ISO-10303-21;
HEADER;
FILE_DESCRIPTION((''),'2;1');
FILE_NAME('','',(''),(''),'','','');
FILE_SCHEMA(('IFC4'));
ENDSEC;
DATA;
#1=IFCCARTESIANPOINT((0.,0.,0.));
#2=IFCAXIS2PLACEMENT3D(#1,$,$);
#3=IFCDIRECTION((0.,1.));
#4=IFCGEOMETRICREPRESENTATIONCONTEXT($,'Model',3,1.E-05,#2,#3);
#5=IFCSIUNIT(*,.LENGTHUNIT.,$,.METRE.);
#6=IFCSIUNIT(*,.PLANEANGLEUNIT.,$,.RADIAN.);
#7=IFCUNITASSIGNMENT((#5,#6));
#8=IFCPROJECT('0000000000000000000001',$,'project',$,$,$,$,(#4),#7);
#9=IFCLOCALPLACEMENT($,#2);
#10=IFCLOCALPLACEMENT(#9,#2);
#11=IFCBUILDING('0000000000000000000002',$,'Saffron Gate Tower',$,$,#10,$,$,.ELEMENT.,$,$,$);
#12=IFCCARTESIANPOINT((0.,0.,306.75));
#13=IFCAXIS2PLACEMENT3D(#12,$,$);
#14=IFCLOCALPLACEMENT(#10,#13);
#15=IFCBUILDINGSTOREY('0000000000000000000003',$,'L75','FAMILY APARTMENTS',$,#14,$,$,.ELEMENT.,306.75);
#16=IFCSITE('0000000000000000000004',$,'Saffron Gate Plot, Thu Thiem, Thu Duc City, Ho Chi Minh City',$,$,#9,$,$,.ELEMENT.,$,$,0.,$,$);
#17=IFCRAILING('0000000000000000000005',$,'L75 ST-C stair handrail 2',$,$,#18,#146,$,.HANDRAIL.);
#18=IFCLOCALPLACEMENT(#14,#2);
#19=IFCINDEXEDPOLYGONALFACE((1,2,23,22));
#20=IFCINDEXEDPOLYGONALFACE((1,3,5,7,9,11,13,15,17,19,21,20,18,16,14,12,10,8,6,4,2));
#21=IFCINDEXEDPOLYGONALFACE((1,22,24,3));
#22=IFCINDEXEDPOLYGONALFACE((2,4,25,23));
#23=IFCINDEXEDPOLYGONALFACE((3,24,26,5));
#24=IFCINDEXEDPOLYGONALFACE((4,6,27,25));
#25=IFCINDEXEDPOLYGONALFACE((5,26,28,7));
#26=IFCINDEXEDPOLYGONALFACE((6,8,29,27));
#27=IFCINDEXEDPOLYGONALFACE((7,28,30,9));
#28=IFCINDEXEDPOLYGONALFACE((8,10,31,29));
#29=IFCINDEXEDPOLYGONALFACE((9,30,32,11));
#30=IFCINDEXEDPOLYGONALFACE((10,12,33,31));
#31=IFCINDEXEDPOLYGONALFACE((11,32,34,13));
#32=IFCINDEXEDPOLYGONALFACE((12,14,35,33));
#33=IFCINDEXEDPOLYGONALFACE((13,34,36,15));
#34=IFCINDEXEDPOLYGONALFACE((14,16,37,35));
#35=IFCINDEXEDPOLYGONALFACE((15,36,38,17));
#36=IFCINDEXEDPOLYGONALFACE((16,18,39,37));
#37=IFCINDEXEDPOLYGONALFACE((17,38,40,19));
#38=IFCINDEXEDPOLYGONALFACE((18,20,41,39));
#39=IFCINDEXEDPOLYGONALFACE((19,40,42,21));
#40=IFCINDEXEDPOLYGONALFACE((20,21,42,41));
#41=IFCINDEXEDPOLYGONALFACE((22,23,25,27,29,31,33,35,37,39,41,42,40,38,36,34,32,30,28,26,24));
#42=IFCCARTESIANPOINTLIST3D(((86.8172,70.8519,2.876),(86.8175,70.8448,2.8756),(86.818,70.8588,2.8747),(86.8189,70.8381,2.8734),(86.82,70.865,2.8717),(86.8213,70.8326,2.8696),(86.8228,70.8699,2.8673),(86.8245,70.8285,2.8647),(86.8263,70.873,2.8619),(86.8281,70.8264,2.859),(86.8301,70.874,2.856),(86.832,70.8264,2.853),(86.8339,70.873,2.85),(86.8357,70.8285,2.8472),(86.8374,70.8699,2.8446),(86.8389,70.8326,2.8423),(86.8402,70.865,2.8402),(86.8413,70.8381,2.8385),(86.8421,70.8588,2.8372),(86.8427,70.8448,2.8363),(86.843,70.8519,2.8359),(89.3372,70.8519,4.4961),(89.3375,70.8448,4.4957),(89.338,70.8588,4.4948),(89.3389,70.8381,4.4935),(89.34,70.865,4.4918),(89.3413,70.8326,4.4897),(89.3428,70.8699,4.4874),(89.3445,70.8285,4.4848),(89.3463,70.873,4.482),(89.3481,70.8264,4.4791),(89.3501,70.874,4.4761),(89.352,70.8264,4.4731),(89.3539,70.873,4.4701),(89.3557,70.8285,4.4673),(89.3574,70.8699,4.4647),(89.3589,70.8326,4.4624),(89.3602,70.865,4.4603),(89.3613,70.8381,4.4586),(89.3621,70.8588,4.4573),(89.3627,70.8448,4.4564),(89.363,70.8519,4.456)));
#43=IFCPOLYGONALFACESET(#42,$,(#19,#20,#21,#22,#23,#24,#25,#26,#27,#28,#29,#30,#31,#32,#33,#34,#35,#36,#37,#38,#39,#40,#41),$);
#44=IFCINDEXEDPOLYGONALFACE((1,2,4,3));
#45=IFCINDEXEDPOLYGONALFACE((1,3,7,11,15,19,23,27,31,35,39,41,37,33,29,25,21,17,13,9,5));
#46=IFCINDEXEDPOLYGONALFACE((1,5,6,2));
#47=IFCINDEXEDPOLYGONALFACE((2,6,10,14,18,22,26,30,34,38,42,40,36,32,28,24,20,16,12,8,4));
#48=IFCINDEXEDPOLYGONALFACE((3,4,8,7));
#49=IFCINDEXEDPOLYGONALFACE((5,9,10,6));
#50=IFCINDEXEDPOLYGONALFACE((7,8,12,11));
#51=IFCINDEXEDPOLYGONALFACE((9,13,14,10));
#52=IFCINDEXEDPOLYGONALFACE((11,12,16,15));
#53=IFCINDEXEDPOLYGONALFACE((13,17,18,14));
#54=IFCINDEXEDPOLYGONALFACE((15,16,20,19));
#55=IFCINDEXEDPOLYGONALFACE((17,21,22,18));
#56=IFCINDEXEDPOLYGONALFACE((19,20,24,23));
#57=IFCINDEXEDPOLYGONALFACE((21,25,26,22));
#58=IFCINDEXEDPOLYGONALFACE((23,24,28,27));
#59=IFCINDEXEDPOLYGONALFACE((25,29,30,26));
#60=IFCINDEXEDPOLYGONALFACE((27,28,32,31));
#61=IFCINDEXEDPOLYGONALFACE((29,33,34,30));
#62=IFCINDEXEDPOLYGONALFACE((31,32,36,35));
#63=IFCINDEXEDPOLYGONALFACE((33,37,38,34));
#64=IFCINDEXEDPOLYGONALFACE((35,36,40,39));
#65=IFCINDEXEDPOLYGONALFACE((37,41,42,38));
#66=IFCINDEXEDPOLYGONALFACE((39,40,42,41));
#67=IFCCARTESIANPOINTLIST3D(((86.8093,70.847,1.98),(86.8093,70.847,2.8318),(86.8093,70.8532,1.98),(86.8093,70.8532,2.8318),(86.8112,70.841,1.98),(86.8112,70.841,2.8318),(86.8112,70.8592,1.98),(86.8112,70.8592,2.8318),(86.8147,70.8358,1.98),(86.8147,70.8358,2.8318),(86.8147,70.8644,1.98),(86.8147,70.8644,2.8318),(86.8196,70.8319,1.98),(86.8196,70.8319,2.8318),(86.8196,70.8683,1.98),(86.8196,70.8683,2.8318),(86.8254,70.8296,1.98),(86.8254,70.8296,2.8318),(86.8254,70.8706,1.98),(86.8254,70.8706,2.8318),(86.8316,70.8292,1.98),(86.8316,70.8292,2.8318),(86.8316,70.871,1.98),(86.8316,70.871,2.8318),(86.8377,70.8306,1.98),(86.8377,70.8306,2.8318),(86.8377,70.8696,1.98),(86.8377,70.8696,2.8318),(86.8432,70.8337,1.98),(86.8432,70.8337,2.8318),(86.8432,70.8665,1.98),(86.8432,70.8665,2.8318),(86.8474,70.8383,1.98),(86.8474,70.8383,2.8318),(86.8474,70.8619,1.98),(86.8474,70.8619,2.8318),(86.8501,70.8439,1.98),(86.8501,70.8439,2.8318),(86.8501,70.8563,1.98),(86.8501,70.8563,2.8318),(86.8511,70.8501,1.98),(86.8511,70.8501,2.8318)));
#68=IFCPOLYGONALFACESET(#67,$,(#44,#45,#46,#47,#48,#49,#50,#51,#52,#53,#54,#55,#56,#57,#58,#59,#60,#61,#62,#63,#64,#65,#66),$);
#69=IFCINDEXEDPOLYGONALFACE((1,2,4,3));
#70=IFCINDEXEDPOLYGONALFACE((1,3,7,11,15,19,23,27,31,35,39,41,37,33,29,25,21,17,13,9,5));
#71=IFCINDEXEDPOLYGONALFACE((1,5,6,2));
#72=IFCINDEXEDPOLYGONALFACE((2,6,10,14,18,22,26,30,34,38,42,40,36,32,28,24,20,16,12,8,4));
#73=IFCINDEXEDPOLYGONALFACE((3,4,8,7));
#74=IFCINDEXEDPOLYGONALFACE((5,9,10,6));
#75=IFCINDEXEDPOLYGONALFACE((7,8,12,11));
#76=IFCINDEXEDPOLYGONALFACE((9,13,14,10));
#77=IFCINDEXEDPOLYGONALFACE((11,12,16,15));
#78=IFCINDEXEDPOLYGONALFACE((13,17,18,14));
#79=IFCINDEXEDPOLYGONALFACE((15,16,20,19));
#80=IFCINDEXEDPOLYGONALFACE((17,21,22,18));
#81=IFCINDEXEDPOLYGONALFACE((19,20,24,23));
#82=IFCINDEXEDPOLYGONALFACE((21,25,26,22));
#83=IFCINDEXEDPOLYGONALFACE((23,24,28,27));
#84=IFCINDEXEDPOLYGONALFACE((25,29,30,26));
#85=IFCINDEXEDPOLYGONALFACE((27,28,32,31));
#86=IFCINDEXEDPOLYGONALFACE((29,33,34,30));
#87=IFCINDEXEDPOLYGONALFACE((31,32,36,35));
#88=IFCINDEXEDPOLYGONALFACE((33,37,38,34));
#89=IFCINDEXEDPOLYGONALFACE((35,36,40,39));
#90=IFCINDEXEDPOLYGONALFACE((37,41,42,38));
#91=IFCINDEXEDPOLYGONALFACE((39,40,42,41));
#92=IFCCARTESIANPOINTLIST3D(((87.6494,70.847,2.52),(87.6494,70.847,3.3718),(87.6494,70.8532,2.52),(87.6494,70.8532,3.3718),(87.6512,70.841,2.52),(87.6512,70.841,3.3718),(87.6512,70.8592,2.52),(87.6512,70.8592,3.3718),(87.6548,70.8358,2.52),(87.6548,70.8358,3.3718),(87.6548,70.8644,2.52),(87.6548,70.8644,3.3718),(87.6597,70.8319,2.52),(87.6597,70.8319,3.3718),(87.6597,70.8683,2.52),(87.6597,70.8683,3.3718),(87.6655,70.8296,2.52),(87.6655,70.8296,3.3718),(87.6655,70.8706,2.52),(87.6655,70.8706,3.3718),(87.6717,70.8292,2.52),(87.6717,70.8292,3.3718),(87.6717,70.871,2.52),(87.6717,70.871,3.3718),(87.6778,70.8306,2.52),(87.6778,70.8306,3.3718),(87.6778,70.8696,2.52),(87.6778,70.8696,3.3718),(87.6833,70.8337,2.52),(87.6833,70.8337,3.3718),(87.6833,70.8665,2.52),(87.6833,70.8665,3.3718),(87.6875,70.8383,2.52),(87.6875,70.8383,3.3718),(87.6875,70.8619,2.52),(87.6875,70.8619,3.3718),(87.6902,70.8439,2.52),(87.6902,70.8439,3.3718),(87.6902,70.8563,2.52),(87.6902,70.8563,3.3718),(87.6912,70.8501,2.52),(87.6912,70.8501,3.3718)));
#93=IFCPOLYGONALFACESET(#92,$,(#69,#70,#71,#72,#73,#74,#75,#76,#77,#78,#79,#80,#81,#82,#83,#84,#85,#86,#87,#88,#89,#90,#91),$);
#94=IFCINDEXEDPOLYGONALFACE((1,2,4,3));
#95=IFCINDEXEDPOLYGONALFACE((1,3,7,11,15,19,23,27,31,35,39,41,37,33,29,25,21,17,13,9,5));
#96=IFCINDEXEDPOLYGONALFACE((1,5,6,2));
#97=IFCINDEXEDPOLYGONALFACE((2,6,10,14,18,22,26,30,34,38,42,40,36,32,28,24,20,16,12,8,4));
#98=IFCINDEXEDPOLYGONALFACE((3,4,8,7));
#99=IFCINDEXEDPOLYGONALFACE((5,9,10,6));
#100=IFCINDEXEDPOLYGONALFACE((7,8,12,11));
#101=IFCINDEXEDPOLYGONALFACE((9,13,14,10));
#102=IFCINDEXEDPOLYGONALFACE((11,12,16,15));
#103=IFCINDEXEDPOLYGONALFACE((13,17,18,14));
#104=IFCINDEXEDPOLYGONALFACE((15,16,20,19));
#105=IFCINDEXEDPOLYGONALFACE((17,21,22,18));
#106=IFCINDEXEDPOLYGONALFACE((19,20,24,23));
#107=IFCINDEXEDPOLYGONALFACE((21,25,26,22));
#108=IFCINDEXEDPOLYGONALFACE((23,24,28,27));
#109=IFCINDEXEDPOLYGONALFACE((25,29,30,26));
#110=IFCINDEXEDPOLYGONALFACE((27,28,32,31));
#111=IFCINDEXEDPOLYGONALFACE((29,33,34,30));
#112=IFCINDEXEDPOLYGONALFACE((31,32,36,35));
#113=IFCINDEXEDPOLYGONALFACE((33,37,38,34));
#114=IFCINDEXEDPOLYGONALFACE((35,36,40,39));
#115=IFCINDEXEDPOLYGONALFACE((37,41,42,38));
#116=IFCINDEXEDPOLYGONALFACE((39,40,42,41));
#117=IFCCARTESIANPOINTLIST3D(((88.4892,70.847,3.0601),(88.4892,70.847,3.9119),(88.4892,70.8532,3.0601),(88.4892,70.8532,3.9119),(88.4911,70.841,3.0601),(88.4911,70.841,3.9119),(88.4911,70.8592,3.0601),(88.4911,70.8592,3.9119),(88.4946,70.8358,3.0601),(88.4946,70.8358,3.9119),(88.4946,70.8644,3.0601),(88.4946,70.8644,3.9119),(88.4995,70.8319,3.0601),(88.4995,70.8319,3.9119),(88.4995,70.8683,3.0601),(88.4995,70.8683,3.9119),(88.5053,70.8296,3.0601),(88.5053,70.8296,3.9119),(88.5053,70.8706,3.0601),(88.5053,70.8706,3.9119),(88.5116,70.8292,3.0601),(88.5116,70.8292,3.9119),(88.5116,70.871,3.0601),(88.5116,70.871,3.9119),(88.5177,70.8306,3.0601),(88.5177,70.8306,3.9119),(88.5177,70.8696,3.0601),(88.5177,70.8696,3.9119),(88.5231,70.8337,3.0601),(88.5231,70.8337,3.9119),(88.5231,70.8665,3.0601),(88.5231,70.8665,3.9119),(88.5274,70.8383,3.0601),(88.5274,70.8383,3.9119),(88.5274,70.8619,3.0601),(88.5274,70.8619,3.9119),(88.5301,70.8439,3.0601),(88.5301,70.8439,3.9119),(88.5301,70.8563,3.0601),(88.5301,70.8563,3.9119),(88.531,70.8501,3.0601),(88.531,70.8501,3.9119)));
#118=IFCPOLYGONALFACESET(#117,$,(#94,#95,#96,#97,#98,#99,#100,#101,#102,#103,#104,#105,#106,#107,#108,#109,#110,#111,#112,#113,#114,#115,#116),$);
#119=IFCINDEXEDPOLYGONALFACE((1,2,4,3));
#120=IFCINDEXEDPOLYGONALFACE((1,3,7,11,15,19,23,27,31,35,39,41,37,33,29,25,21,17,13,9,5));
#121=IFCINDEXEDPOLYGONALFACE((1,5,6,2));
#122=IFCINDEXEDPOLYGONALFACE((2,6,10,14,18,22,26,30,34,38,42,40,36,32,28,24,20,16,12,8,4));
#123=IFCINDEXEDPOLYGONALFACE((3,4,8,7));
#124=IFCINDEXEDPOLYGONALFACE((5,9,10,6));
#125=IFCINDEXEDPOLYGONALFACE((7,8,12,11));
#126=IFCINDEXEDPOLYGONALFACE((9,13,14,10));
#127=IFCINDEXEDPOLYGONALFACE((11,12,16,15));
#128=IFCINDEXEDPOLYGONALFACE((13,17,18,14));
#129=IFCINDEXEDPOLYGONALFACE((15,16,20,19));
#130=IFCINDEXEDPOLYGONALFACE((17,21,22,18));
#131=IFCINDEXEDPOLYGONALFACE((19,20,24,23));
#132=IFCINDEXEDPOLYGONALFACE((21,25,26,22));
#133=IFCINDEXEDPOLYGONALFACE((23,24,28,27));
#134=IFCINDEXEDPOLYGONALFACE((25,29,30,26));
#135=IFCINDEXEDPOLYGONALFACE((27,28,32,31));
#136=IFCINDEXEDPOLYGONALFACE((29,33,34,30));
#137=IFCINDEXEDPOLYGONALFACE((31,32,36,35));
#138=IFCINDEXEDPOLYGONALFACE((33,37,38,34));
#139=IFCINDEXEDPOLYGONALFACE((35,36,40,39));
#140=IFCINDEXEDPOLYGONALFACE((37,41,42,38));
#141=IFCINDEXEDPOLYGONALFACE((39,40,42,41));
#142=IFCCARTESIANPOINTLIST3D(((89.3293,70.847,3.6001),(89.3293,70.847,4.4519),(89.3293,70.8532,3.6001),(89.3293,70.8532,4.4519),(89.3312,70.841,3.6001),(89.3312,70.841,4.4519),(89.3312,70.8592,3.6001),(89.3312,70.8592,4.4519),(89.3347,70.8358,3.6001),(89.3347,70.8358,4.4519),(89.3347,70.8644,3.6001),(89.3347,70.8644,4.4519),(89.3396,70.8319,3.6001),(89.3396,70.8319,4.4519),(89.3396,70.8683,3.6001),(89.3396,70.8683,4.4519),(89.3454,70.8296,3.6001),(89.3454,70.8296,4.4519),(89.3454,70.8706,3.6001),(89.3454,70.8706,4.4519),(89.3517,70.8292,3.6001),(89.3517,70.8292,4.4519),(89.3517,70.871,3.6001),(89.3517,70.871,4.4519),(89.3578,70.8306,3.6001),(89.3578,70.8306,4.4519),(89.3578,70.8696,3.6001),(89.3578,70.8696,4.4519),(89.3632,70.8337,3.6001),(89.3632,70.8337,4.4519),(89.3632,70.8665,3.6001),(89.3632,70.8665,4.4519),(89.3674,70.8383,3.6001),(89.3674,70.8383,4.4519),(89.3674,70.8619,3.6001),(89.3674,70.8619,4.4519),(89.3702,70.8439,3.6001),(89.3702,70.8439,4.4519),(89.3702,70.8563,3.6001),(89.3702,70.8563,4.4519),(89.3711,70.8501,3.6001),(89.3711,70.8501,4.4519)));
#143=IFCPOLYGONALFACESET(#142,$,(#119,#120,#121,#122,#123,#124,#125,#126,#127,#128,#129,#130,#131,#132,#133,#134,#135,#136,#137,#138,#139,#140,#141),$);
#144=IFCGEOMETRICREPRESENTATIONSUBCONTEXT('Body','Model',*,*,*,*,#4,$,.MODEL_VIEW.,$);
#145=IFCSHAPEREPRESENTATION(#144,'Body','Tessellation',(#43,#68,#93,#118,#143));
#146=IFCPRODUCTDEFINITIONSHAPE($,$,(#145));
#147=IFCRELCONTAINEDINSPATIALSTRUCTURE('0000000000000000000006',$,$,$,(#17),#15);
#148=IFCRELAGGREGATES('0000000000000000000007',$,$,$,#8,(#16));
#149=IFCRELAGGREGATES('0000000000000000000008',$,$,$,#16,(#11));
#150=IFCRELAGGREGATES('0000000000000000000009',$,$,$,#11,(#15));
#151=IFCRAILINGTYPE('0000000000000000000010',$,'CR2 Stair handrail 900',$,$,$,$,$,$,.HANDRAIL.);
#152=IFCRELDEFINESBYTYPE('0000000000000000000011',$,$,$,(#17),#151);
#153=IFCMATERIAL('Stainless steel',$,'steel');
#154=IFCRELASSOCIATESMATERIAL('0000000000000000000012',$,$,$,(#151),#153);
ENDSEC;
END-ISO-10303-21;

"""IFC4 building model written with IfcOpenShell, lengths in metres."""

from ifc_helpers import new_model, si_unit, direction, frame, origin, origin_2d, place, context, subcontext, project, spatial, circle, extrude, material, type_object, element, save


model = new_model("IFC4")

# Units and contexts
model_context = context("Model", 3, precision=1e-05, world=origin(), true_north=direction((0.0, 1.0)))
body_context = subcontext(model_context, "Body", "Model", "MODEL_VIEW")
ifc_project = project(units=[si_unit("LENGTHUNIT", "METRE"), si_unit("PLANEANGLEUNIT", "RADIAN")], contexts=[model_context])

# Site, building, storey
site_placement = place(None, origin())
site = spatial("IfcSite", under=ifc_project, at=site_placement, Name="Saffron Gate Plot, Thu Thiem, Thu Duc City, Ho Chi Minh City", CompositionType="ELEMENT", RefElevation=0.0)
building_placement = place(site_placement, origin())
building = spatial("IfcBuilding", under=site, at=building_placement, Name="Saffron Gate Tower", CompositionType="ELEMENT")
storey_placement = place(building_placement, frame((0.0, 0.0, 306.75)))
storey = spatial("IfcBuildingStorey", under=building, at=storey_placement, Name="L75", Description="FAMILY APARTMENTS", CompositionType="ELEMENT", Elevation=306.75)

# Railing
ifc_material_1 = material(Name="Stainless steel", Category="steel")
railing_type_1 = type_object("IfcRailingType", Name="CR2 Stair handrail 900", PredefinedType="HANDRAIL", material=ifc_material_1)
railing_1_placement = place(storey_placement, frame((86.8301, 70.8501, 1.98)))
element("IfcRailing", 1, at=railing_1_placement, inside=storey, type_object=railing_type_1, Name="L75 ST-C stair handrail 2", PredefinedType="HANDRAIL", context=body_context, shape_type="SweptSolid", body=[
    extrude(circle(Radius=0.0239, at=origin_2d()), frame((0.0, 0.0, 0.876), z_axis=(0.841163, 0.0, 0.540782), x_axis=(0.0, 1.0, 0.0)), (0.0, 0.0, 1.0), 2.9958),
    extrude(circle(Radius=0.021, at=origin_2d()), origin(), (0.0, 0.0, 1.0), 0.8518),
    extrude(circle(Radius=0.021, at=origin_2d()), frame((0.8401, 0.0, 0.54)), (0.0, 0.0, 1.0), 0.8518),
    extrude(circle(Radius=0.021, at=origin_2d()), frame((1.6799, 0.0, 1.0801)), (0.0, 0.0, 1.0), 0.8518),
    extrude(circle(Radius=0.021, at=origin_2d()), frame((2.52, 0.0, 1.6201)), (0.0, 0.0, 1.0), 0.8518),
])

save(model, "model.ifc")
